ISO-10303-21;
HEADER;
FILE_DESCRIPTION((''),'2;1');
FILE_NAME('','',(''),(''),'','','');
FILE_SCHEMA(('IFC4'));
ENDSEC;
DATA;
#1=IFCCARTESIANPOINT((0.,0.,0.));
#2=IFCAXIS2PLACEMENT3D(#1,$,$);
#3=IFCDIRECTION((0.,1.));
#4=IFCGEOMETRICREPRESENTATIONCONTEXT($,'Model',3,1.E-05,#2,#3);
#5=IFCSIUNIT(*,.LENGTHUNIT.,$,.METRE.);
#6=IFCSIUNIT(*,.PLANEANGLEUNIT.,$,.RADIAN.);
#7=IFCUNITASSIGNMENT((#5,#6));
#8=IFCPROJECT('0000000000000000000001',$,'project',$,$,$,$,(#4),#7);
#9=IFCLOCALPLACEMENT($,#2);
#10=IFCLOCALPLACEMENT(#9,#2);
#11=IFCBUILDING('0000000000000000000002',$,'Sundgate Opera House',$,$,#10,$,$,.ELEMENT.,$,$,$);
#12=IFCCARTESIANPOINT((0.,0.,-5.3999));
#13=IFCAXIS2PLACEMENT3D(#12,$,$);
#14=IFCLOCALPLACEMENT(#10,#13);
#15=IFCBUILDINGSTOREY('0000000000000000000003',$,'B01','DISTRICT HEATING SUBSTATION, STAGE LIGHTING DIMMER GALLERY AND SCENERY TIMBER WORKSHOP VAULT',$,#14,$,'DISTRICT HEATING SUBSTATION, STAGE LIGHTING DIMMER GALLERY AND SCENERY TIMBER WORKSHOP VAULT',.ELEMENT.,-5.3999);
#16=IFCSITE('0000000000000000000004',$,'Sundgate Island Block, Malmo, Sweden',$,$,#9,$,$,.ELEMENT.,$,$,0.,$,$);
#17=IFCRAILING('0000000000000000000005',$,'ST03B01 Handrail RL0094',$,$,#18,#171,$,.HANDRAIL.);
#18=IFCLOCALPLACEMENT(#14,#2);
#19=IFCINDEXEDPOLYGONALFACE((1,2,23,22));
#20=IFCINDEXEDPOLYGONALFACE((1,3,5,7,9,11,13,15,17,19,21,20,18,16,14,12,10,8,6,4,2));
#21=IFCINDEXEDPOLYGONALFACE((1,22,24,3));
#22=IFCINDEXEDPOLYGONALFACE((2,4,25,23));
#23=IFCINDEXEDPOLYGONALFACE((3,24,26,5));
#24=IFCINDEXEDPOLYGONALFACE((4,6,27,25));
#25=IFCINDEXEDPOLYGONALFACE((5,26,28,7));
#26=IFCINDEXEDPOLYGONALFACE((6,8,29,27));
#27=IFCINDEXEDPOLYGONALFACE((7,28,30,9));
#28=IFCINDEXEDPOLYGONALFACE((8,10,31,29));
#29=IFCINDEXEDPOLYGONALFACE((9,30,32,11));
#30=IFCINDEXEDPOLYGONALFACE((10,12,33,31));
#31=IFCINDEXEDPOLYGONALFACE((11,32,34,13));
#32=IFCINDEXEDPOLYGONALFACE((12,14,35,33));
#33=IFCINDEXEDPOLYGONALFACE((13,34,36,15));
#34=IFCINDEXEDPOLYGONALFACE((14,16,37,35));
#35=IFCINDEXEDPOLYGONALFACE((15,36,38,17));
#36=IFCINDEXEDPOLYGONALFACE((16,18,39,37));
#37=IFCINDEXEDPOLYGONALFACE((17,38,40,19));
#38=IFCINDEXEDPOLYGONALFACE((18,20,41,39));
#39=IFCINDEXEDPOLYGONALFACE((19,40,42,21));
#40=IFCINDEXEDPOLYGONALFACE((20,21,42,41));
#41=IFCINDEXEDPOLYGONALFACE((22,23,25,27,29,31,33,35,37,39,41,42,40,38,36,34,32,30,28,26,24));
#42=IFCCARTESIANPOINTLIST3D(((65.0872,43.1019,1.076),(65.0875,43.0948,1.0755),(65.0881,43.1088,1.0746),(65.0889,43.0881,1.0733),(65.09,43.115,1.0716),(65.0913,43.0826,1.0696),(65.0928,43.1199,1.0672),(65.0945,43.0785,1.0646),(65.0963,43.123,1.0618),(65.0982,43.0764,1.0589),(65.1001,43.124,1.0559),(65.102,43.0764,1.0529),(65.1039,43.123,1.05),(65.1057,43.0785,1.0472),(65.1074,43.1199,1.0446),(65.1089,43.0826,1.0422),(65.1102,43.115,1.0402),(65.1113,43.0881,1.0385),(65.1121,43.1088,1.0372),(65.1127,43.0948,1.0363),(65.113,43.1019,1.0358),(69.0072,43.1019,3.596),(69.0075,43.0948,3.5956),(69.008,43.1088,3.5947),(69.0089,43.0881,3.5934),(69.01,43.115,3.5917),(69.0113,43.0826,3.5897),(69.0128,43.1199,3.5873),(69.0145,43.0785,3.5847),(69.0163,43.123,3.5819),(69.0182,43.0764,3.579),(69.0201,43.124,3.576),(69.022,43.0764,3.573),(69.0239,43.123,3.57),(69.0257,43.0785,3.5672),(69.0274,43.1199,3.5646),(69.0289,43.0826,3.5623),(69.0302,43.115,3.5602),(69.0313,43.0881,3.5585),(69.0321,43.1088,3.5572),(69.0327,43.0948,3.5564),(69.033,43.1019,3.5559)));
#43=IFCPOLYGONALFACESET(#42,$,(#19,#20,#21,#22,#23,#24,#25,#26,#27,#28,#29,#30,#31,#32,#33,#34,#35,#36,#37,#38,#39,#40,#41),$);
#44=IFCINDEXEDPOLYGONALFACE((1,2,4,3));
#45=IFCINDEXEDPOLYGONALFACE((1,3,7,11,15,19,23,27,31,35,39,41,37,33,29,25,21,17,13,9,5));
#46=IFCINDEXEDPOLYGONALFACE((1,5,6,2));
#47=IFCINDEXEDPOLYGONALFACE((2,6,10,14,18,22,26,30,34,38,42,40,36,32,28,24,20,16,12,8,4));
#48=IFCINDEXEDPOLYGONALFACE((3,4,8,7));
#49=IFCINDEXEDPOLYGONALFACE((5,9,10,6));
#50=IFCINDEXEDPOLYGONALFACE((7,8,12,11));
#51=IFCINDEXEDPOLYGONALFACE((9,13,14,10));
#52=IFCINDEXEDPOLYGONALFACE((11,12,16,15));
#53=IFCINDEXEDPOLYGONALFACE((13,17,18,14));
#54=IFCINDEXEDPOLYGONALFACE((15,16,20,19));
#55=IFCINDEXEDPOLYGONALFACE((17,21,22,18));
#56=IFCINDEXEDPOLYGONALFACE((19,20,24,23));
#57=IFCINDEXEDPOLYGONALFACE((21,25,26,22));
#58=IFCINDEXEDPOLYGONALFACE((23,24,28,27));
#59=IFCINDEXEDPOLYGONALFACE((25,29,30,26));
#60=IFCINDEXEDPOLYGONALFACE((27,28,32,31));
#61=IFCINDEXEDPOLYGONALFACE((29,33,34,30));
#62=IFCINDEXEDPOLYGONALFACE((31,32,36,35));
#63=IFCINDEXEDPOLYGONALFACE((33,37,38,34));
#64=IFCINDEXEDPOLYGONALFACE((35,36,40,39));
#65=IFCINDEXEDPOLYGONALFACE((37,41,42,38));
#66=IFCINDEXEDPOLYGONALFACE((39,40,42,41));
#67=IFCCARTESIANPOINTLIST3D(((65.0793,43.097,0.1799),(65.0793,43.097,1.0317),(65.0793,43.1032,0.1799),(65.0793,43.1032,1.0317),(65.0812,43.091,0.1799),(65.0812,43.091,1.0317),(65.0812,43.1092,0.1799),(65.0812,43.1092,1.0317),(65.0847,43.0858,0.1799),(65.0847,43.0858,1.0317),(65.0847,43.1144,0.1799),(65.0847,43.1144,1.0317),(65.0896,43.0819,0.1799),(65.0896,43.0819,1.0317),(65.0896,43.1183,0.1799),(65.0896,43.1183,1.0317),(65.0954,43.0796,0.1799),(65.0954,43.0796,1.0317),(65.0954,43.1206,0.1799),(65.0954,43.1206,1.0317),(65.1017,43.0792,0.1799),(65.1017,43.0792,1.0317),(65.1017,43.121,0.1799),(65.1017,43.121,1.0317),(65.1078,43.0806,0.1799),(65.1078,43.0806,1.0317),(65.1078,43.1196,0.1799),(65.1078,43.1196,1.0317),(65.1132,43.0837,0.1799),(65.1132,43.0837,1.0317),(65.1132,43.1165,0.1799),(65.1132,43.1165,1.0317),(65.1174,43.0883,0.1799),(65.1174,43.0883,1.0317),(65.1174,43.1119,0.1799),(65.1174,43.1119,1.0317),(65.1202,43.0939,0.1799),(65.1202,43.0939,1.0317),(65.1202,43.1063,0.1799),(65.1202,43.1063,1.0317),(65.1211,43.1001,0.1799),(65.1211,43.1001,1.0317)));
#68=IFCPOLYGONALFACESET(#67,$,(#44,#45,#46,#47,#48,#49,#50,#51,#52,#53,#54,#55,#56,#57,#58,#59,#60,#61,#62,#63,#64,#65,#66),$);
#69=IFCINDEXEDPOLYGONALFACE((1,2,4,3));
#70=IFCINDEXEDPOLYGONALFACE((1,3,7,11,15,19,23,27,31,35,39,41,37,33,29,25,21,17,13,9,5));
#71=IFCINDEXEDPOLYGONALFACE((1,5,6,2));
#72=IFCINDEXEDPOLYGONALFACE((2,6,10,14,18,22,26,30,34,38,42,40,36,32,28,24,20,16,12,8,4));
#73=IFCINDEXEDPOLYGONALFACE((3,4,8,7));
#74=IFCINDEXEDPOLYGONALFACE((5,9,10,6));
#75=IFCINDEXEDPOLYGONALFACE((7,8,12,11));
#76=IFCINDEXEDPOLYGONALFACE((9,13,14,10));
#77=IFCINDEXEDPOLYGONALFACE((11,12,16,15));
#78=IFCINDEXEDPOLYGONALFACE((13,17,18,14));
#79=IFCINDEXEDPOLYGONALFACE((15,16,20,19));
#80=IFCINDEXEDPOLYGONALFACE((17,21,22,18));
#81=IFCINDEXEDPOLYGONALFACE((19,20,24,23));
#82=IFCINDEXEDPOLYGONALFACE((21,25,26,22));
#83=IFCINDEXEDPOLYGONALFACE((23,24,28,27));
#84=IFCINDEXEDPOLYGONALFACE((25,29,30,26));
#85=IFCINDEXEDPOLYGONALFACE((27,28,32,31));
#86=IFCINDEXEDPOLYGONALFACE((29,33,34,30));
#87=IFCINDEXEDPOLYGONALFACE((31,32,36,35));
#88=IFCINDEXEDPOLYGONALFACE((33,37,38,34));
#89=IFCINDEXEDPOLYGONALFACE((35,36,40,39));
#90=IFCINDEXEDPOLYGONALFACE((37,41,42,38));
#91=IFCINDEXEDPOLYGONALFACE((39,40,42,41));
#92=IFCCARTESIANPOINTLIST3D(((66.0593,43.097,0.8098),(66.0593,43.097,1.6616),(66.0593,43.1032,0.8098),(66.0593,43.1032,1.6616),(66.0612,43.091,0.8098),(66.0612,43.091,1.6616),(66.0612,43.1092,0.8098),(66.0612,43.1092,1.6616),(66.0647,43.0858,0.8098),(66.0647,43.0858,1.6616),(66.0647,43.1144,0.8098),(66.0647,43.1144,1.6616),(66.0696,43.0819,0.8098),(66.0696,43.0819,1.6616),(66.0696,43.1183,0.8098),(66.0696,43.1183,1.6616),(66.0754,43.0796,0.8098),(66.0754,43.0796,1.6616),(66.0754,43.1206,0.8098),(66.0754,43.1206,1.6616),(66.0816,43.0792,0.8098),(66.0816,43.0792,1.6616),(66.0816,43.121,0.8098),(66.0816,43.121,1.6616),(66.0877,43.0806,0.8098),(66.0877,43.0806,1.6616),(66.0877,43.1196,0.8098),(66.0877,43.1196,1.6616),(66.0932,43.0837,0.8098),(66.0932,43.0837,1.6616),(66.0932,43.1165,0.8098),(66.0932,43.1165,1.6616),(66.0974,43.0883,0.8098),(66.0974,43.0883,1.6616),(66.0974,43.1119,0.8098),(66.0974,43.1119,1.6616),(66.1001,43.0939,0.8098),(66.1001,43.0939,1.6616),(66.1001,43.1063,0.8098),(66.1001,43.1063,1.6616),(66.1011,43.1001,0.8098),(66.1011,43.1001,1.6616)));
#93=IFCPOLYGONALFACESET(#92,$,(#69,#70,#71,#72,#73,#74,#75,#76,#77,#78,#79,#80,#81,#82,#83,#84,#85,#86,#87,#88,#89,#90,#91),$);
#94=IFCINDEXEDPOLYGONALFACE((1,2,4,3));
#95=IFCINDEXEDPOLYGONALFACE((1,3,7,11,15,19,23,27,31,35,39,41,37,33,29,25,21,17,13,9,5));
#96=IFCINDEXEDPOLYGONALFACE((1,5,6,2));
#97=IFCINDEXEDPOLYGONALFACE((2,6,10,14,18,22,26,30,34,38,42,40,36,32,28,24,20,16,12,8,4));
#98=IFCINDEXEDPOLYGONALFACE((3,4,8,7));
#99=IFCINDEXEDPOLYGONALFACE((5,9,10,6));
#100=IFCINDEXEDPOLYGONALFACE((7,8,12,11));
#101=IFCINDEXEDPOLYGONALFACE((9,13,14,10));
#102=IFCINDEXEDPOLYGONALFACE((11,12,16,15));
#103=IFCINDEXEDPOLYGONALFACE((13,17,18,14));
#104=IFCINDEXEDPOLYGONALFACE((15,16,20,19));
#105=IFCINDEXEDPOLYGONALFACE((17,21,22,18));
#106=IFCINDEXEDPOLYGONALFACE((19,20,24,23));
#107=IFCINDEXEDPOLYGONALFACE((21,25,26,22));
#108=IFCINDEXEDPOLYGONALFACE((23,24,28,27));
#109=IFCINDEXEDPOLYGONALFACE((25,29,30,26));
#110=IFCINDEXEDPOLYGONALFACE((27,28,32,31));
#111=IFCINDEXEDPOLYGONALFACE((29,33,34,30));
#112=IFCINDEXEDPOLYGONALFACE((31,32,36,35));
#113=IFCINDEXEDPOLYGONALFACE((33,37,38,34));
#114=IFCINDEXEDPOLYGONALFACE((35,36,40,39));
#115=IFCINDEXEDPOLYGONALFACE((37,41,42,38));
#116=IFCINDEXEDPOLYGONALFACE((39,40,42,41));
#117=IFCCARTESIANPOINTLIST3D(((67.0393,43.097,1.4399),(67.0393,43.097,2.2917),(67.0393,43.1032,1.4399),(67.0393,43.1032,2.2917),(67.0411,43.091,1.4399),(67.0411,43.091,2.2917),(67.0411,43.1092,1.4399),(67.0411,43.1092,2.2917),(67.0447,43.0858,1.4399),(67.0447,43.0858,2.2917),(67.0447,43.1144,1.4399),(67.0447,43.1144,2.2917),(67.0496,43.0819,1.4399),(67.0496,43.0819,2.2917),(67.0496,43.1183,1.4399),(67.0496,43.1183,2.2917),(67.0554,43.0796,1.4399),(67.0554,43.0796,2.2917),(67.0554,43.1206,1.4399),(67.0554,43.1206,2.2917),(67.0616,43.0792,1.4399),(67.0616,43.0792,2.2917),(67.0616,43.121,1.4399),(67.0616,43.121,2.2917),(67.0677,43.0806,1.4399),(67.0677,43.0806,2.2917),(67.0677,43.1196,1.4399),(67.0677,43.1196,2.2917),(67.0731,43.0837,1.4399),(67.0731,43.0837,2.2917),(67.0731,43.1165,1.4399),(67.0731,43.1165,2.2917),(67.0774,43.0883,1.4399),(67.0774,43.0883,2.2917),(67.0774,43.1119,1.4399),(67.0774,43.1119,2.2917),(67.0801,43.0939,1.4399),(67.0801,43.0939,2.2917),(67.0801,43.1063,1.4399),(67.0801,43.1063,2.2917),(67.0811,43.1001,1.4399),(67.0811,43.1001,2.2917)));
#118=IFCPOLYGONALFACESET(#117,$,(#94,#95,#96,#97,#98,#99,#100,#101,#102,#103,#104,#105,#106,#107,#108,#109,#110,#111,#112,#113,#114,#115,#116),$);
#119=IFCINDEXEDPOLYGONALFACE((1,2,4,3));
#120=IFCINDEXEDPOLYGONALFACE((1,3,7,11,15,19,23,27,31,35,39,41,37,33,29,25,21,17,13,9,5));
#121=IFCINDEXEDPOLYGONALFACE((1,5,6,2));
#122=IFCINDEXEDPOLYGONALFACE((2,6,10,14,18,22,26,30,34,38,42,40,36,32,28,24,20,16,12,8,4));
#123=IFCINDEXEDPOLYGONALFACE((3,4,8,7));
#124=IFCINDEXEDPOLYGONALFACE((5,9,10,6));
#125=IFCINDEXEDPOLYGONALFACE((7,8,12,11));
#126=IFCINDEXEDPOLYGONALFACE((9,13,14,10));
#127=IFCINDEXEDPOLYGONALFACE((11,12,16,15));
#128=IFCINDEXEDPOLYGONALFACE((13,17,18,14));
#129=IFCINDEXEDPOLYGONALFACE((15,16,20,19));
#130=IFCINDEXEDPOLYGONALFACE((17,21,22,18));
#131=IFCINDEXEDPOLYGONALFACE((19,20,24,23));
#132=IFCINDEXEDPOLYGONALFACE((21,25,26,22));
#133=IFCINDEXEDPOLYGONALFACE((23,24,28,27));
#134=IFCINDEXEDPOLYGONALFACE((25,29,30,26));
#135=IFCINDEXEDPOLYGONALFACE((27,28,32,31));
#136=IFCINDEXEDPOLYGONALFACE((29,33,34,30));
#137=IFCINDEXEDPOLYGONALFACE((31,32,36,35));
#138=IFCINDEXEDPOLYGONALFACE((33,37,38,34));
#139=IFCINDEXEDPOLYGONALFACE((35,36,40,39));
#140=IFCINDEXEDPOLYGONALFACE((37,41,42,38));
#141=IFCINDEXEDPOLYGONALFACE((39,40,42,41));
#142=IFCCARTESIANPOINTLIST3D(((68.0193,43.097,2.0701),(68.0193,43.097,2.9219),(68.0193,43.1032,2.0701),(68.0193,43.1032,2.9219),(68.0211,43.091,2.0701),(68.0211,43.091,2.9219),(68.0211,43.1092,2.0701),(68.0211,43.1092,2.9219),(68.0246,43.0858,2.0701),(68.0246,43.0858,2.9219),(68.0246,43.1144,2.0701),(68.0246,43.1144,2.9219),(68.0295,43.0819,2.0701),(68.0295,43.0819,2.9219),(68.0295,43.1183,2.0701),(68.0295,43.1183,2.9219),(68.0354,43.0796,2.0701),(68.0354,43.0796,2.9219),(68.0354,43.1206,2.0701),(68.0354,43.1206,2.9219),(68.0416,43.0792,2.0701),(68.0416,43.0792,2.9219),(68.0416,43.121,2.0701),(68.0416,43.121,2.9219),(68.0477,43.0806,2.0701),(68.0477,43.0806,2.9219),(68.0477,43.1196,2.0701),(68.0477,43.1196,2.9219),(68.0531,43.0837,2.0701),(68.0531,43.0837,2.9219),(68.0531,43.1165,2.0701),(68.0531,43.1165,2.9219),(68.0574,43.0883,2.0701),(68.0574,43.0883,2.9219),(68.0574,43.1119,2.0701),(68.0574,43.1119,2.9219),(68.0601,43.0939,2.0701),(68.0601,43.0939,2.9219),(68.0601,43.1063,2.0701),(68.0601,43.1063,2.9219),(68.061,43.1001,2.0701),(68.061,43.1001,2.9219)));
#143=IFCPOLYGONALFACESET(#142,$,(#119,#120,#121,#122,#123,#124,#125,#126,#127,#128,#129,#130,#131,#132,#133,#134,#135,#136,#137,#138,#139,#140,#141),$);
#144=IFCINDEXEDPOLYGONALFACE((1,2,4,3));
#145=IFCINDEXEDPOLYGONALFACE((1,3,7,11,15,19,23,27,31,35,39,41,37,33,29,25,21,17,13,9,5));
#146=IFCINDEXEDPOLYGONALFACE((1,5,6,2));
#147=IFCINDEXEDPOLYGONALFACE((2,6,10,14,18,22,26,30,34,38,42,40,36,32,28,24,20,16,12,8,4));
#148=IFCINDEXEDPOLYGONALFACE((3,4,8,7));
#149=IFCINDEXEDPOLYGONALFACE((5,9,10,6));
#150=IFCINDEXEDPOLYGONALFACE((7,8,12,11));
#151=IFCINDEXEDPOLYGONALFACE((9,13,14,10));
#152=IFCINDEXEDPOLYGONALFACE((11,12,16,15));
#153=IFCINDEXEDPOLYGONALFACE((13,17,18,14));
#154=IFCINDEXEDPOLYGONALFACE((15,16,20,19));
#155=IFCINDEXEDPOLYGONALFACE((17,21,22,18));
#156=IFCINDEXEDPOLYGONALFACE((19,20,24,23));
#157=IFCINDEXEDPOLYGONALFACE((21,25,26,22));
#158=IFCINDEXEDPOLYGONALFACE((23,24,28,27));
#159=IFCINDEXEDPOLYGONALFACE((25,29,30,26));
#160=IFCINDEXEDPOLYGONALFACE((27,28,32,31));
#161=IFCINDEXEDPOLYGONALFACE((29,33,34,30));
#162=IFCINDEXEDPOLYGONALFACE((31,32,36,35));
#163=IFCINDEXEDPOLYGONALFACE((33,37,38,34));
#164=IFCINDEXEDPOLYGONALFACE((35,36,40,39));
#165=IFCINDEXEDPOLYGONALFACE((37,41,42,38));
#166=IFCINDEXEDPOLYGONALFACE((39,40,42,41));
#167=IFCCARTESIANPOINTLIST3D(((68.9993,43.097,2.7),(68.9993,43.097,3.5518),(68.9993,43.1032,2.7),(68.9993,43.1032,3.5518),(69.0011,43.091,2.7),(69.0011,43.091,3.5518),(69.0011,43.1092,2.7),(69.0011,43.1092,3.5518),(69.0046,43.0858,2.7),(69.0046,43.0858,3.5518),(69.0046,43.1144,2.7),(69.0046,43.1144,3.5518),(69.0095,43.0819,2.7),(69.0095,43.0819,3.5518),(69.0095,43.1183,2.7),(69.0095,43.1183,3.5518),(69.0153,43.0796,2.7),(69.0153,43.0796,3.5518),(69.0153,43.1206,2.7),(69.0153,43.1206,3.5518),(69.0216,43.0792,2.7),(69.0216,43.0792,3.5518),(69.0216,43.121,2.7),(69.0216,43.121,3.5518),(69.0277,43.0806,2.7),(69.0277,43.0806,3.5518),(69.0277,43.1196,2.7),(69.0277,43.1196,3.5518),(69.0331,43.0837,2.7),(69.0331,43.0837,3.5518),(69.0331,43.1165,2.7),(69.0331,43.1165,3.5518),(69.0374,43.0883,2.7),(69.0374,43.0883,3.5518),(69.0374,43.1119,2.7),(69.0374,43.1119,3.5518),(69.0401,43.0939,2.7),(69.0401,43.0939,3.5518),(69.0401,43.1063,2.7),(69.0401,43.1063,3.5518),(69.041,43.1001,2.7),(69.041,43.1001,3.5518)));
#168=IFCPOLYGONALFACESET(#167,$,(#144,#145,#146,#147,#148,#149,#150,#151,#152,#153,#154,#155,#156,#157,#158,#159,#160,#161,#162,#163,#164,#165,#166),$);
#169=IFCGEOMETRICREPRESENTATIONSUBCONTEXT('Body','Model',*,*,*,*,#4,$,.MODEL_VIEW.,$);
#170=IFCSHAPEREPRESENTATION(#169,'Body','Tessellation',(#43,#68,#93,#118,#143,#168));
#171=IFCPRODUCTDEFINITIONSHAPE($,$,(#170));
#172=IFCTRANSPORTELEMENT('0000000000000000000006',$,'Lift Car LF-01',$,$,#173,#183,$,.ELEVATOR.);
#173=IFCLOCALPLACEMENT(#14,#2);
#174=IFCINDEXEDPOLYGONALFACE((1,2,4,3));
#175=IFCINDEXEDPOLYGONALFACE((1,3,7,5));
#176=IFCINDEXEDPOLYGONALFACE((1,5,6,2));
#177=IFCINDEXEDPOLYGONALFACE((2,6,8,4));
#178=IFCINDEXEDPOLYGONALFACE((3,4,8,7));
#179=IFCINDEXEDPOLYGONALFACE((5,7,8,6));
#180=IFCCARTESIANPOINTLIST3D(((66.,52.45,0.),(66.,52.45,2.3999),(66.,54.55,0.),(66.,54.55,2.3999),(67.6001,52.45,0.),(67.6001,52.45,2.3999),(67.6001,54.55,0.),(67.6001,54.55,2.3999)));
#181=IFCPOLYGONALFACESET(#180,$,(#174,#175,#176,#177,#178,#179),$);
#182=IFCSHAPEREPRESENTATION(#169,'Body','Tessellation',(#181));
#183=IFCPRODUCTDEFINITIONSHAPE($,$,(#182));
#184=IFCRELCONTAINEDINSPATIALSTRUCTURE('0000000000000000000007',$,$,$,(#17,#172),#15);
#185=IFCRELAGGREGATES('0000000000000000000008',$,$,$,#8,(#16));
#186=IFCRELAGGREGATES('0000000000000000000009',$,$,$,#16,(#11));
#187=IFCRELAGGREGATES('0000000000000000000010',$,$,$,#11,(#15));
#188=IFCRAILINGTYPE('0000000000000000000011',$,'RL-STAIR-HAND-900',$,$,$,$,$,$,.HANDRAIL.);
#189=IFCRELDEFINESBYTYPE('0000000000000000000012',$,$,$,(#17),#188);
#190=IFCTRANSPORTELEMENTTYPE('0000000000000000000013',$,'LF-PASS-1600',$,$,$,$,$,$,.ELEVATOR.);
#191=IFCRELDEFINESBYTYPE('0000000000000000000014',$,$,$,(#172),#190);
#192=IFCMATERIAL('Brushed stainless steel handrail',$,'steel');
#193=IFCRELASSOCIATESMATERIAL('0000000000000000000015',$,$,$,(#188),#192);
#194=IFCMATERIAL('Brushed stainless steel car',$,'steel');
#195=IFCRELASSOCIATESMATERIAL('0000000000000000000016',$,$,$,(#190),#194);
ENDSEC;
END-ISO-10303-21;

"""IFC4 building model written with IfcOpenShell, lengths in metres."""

from ifc_helpers import new_model, si_unit, direction, frame, origin, origin_2d, place, context, subcontext, project, spatial, rectangle, circle, extrude, material, type_object, element, save


model = new_model("IFC4")

# Units and contexts
model_context = context("Model", 3, precision=1e-05, world=origin(), true_north=direction((0.0, 1.0)))
body_context = subcontext(model_context, "Body", "Model", "MODEL_VIEW")
ifc_project = project(units=[si_unit("LENGTHUNIT", "METRE"), si_unit("PLANEANGLEUNIT", "RADIAN")], contexts=[model_context])

# Site, building, storey
site_placement = place(None, origin())
site = spatial("IfcSite", under=ifc_project, at=site_placement, Name="Sundgate Island Block, Malmo, Sweden", CompositionType="ELEMENT", RefElevation=0.0)
building_placement = place(site_placement, origin())
building = spatial("IfcBuilding", under=site, at=building_placement, Name="Sundgate Opera House", CompositionType="ELEMENT")
storey_placement = place(building_placement, frame((0.0, 0.0, -5.3999)))
storey = spatial("IfcBuildingStorey", under=building, at=storey_placement, Name="B01", Description="DISTRICT HEATING SUBSTATION, STAGE LIGHTING DIMMER GALLERY AND SCENERY TIMBER WORKSHOP VAULT", LongName="DISTRICT HEATING SUBSTATION, STAGE LIGHTING DIMMER GALLERY AND SCENERY TIMBER WORKSHOP VAULT", CompositionType="ELEMENT", Elevation=-5.3999)

# Railing
ifc_material_1 = material(Name="Brushed stainless steel handrail", Category="steel")
railing_type_1 = type_object("IfcRailingType", Name="RL-STAIR-HAND-900", PredefinedType="HANDRAIL", material=ifc_material_1)
railing_1_placement = place(storey_placement, frame((65.1001, 43.1001, 0.1799)))
element("IfcRailing", 1, at=railing_1_placement, inside=storey, type_object=railing_type_1, Name="ST03B01 Handrail RL0094", PredefinedType="HANDRAIL", context=body_context, shape_type="SweptSolid", body=[
    extrude(circle(Radius=0.0239, at=origin_2d()), frame((0.0, 0.0, 0.876), z_axis=(0.841172, 0.0, 0.540768), x_axis=(0.0, 1.0, 0.0)), (0.0, 0.0, 1.0), 4.6602),
    extrude(circle(Radius=0.021, at=origin_2d()), origin(), (0.0, 0.0, 1.0), 0.8518),
    extrude(circle(Radius=0.021, at=origin_2d()), frame((0.98, 0.0, 0.6299)), (0.0, 0.0, 1.0), 0.8518),
    extrude(circle(Radius=0.021, at=origin_2d()), frame((1.96, 0.0, 1.26)), (0.0, 0.0, 1.0), 0.8518),
    extrude(circle(Radius=0.021, at=origin_2d()), frame((2.9399, 0.0, 1.8901)), (0.0, 0.0, 1.0), 0.8518),
    extrude(circle(Radius=0.021, at=origin_2d()), frame((3.9199, 0.0, 2.52)), (0.0, 0.0, 1.0), 0.8518),
])

# Transport element
ifc_material_2 = material(Name="Brushed stainless steel car", Category="steel")
transport_element_type = type_object("IfcTransportElementType", Name="LF-PASS-1600", PredefinedType="ELEVATOR", material=ifc_material_2)
transport_element_placement = place(storey_placement, frame((66.8, 53.5, 0.0), z_axis=(0.0, 0.0, 1.0), x_axis=(1.0, 0.0, 0.0)))
element("IfcTransportElement", 2, at=transport_element_placement, inside=storey, type_object=transport_element_type, Name="Lift Car LF-01", PredefinedType="ELEVATOR", context=body_context, shape_type="SweptSolid", body=[
    extrude(rectangle(XDim=1.6001, YDim=2.1001, at=origin_2d()), origin(), (0.0, 0.0, 1.0), 2.3999),
])

save(model, "model.ifc")
